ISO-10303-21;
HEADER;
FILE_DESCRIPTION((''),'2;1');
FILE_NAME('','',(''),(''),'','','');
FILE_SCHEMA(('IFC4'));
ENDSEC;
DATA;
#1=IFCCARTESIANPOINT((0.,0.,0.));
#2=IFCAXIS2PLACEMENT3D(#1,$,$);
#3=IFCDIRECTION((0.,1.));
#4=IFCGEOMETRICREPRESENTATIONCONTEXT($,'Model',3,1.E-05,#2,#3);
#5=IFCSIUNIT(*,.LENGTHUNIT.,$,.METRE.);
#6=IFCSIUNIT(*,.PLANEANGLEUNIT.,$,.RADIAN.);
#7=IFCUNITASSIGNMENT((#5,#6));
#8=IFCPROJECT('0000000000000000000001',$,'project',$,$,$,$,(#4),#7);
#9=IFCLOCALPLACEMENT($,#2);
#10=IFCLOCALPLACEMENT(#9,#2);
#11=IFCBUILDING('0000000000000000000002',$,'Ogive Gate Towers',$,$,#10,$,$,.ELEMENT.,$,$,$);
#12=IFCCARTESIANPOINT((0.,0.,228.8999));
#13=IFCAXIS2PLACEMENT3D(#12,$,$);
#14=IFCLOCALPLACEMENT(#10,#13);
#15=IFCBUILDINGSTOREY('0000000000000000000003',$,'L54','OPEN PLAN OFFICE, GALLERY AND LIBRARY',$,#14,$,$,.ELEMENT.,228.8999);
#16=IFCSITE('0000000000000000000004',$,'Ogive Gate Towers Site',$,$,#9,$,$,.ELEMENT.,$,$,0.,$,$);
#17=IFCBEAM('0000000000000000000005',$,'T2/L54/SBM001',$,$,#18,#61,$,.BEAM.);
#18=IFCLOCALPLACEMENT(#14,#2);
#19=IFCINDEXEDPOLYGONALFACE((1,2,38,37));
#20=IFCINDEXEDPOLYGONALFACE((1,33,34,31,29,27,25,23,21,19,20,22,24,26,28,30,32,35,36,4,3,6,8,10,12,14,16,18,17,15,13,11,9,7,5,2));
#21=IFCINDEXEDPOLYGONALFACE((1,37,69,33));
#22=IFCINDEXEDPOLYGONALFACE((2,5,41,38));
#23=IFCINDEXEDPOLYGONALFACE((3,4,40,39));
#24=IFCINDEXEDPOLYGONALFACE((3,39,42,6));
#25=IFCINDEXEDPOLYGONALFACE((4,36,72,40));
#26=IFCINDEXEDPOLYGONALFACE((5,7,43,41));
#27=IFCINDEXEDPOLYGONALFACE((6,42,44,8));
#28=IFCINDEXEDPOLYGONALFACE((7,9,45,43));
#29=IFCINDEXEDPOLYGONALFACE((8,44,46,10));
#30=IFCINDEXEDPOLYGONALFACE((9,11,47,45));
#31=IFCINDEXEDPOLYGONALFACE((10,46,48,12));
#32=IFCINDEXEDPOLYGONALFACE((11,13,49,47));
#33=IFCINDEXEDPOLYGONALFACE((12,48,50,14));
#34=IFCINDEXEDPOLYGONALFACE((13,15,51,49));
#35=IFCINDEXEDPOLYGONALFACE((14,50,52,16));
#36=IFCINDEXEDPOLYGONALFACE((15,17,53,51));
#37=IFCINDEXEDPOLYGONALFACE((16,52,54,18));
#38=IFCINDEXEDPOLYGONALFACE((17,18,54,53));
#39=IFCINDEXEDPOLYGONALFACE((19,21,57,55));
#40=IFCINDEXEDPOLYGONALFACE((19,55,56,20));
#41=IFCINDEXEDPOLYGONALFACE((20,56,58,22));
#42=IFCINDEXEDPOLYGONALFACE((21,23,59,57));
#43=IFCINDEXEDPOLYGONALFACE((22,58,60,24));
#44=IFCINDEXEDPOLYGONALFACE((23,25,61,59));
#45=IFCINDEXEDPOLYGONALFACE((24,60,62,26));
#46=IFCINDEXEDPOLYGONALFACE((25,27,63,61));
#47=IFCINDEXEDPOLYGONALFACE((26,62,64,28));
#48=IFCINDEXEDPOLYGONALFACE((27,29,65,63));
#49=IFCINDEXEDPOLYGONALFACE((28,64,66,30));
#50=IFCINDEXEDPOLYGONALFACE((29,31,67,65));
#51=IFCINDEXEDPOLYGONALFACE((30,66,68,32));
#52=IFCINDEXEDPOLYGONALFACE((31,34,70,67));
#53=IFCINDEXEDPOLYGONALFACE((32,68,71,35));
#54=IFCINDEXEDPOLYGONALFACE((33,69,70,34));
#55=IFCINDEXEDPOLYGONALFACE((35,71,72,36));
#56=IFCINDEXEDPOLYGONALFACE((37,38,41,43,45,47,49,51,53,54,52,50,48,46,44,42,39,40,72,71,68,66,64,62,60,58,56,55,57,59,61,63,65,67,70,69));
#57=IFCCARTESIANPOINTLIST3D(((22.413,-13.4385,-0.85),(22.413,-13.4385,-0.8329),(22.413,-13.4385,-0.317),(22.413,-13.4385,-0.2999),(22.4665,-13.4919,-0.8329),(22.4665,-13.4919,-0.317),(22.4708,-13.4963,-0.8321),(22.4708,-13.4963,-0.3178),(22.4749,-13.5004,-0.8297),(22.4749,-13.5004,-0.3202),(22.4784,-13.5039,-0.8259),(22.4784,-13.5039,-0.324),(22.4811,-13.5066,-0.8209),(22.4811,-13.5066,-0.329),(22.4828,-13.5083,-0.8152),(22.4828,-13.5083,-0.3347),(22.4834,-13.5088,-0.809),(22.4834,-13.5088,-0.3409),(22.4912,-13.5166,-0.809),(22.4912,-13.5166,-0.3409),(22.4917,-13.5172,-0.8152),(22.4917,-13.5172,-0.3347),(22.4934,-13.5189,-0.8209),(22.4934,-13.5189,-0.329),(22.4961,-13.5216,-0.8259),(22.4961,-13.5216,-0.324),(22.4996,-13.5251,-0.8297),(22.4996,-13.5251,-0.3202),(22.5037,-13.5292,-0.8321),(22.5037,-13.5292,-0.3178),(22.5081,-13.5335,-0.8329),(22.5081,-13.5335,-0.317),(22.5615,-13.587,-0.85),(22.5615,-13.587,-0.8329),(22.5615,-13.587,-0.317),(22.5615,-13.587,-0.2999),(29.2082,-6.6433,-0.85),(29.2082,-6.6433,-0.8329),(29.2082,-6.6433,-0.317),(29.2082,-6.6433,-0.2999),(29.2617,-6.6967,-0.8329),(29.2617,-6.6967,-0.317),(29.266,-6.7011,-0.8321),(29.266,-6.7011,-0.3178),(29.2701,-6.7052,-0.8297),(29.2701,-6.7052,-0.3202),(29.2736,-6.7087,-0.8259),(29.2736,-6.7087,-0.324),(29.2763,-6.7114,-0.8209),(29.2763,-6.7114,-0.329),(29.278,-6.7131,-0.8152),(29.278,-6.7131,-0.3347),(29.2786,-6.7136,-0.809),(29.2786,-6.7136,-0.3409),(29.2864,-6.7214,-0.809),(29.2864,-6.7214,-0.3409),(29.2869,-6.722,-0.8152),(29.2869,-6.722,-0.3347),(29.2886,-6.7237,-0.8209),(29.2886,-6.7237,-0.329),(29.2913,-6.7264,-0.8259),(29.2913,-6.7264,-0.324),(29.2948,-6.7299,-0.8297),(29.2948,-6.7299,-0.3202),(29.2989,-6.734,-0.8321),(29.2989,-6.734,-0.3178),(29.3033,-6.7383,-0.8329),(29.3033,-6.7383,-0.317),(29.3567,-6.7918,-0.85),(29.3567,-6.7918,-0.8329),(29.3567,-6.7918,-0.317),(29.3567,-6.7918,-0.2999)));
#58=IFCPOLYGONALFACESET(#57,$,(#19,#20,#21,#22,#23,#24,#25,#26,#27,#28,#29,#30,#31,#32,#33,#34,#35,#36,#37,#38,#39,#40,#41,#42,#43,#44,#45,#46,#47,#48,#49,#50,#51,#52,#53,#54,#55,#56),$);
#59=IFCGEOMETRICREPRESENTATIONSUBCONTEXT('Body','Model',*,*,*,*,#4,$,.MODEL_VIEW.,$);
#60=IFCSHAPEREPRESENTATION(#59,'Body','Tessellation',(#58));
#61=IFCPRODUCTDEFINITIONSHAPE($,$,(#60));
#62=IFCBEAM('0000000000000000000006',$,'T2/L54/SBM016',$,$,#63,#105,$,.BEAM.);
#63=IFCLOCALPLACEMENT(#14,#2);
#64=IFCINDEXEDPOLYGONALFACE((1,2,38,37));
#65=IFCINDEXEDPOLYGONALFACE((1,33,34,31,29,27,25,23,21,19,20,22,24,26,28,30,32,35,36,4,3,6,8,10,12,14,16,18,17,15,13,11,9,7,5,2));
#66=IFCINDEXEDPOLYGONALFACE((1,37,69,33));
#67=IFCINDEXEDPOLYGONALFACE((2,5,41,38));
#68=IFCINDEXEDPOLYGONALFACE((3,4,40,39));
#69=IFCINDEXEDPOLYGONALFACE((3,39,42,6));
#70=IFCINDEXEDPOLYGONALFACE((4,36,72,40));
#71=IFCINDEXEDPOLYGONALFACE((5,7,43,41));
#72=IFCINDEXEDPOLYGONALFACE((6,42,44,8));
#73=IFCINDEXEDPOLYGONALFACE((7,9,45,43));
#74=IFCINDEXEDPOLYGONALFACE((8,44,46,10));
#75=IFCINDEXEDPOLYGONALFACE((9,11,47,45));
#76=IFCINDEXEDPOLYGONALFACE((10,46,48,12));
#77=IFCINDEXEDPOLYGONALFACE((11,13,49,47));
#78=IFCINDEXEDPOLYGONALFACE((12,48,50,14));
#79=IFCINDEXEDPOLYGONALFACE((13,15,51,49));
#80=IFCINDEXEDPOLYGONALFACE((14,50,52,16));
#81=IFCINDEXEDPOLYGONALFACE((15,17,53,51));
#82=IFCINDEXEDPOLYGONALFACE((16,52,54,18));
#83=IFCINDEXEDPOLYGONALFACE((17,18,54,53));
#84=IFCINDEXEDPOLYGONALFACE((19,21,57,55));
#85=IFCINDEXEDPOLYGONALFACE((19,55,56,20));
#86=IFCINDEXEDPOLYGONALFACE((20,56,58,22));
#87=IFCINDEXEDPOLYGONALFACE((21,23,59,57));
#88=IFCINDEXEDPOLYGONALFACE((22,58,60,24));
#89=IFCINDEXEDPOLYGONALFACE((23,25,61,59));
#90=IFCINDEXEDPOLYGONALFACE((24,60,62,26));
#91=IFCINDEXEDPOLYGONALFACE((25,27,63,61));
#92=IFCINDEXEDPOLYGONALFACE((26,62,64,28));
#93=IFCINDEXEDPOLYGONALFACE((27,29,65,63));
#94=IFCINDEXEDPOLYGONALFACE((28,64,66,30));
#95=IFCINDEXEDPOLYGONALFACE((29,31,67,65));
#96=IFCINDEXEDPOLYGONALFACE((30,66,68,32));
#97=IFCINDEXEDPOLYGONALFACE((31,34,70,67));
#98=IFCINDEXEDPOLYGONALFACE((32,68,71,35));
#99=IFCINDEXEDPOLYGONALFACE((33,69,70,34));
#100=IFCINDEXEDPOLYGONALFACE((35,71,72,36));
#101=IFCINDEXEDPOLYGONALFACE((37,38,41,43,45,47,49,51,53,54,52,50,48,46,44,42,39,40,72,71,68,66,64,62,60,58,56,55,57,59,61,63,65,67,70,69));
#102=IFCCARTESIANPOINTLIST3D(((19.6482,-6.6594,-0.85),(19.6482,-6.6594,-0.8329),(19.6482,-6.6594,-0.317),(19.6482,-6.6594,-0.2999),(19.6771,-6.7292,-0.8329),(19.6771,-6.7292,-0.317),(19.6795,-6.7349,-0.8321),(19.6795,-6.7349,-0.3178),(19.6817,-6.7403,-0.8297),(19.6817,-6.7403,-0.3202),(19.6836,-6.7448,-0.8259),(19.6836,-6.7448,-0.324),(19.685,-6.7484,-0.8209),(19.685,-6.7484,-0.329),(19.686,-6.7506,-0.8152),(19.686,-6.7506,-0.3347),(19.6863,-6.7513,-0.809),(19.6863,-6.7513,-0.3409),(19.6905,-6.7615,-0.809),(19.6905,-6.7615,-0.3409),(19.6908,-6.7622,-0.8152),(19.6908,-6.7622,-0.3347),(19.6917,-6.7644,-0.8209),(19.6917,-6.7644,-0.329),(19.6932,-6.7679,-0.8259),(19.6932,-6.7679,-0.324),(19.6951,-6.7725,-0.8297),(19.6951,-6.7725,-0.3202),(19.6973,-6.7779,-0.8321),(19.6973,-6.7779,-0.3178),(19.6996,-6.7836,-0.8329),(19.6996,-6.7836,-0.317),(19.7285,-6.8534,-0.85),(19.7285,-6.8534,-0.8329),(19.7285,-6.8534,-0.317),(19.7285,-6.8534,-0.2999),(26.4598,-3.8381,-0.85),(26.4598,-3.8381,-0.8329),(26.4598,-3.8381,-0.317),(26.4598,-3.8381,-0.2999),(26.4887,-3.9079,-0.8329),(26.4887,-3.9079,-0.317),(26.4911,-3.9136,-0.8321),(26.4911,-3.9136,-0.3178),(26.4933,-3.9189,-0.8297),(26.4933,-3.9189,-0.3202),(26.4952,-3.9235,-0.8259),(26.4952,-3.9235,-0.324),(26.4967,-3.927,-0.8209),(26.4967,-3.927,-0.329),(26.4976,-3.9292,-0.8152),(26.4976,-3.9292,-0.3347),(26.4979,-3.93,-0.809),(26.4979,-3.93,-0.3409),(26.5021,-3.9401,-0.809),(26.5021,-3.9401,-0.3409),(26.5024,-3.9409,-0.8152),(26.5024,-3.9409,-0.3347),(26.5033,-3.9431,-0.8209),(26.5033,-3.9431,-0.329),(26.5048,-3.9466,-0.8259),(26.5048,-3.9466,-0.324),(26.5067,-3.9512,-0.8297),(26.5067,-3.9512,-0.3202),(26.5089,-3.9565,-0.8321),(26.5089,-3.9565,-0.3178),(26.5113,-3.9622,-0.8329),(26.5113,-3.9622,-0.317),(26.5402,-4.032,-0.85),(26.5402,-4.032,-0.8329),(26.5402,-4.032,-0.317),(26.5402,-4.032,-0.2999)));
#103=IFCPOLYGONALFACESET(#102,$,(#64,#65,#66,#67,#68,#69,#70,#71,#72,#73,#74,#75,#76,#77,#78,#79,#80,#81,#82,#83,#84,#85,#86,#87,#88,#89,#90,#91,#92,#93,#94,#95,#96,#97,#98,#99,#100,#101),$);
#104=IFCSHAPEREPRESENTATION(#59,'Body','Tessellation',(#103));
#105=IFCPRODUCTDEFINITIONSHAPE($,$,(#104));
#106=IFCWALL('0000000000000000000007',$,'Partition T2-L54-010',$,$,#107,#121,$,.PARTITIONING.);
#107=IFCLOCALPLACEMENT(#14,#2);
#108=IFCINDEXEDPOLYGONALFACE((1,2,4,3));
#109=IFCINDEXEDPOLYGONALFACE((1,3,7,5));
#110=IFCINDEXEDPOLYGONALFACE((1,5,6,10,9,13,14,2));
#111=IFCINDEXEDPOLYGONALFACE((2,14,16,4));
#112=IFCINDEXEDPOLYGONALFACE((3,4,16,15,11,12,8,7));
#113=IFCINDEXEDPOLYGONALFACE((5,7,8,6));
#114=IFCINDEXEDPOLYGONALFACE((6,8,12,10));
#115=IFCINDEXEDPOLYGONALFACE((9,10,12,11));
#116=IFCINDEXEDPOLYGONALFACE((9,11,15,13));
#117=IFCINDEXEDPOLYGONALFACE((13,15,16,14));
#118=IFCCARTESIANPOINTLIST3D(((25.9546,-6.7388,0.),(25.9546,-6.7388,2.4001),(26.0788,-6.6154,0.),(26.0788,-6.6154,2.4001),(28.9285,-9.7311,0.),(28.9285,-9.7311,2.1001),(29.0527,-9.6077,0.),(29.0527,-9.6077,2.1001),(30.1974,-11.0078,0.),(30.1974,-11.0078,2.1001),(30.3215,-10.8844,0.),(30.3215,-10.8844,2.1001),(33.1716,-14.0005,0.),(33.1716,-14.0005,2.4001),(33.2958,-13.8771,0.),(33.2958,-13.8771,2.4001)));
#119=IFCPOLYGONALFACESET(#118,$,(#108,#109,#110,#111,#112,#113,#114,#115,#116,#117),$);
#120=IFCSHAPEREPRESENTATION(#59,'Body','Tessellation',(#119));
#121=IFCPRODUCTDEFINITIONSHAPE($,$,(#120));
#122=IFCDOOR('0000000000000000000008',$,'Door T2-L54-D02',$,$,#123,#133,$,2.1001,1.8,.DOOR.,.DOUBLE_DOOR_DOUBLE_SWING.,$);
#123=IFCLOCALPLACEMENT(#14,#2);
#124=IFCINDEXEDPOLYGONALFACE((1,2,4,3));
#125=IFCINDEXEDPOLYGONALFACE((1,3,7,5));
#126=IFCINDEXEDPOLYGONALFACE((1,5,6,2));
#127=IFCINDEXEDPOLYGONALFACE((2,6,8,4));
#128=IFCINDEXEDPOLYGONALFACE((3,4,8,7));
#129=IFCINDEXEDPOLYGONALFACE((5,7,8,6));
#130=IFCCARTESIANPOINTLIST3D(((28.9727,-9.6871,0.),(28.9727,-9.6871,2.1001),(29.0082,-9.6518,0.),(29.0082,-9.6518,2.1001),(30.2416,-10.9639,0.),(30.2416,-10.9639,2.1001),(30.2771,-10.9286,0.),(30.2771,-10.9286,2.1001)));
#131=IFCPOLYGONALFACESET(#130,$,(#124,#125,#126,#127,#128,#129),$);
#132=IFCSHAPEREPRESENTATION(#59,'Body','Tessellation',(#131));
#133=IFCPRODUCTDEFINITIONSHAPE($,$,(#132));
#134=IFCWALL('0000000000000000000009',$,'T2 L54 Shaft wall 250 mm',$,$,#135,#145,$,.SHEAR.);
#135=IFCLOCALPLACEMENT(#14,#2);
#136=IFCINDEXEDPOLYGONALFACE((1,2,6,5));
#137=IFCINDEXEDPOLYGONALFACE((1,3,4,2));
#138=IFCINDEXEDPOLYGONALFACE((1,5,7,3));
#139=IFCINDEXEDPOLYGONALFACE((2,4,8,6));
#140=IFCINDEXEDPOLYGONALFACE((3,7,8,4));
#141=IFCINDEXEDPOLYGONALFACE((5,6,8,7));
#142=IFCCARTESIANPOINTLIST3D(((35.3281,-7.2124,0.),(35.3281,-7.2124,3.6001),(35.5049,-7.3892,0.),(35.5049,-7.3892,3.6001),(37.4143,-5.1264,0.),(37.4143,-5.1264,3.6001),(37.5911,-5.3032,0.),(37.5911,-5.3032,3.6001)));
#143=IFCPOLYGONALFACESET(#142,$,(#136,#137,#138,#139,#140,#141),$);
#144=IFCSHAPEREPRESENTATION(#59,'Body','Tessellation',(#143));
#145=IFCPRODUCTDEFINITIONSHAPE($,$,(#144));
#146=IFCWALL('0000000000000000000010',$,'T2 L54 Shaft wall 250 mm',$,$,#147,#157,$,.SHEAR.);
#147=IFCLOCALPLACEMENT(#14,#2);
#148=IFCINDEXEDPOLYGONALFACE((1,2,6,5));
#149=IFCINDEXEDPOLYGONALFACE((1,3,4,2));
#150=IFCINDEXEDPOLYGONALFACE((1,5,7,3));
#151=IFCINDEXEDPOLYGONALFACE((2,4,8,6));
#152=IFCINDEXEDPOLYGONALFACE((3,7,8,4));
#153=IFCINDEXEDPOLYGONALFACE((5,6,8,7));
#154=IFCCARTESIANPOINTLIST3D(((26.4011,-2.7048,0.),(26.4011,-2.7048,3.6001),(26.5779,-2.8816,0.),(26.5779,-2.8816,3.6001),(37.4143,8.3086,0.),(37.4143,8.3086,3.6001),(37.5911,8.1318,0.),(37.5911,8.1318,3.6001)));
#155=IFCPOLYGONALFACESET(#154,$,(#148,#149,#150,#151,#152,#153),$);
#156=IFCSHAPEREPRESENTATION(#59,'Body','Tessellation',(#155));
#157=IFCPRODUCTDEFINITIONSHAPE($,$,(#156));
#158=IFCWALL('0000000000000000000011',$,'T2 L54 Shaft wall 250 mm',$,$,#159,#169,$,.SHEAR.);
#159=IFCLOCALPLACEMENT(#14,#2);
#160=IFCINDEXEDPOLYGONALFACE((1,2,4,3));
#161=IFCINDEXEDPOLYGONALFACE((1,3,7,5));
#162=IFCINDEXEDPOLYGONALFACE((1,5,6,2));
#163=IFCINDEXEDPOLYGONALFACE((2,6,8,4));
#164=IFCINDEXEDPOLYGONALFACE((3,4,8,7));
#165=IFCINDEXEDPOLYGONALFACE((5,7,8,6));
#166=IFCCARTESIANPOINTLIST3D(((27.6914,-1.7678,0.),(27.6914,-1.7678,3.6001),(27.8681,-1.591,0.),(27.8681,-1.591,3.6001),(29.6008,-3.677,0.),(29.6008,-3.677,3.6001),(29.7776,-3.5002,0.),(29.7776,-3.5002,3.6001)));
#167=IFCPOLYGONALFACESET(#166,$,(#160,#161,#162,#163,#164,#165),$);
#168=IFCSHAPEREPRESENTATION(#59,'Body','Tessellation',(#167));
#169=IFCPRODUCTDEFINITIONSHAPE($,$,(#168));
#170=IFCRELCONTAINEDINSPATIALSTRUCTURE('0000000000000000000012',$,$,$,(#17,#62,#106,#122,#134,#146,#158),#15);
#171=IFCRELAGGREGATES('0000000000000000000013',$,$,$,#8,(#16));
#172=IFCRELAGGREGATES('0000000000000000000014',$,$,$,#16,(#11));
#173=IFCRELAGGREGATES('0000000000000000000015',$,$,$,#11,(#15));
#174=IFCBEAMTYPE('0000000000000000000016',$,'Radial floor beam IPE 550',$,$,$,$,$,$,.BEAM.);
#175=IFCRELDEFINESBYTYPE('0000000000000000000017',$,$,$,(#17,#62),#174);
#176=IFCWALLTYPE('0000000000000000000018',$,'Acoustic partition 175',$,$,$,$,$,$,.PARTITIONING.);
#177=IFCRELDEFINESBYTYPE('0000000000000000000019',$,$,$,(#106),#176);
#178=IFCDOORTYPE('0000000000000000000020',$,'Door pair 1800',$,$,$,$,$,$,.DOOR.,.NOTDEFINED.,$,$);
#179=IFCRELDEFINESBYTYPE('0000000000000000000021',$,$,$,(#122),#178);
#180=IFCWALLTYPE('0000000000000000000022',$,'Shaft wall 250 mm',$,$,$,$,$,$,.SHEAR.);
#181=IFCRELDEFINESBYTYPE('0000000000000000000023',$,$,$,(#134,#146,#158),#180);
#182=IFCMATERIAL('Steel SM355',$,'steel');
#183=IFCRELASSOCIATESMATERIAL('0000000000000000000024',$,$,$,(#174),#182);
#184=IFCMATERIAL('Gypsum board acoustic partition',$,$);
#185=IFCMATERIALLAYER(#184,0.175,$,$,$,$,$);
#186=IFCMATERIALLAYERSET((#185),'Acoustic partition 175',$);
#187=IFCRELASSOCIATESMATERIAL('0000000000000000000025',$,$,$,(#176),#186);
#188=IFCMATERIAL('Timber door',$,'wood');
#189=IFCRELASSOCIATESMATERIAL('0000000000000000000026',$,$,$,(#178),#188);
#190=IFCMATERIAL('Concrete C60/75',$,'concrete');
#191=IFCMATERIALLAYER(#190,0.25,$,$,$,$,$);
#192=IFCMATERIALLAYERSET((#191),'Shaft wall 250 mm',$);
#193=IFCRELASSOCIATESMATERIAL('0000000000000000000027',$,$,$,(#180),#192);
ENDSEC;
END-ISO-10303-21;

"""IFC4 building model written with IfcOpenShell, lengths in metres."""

from ifc_helpers import new_model, si_unit, direction, frame, frame_2d, origin, origin_2d, place, context, subcontext, project, spatial, rectangle, i_section, extrude, material, layer, layer_set, material_profile, profile_set, type_object, element, fill, save


model = new_model("IFC4")

# Units and contexts
model_context = context("Model", 3, precision=1e-05, world=origin(), true_north=direction((0.0, 1.0)))
body_context = subcontext(model_context, "Body", "Model", "MODEL_VIEW")
ifc_project = project(units=[si_unit("LENGTHUNIT", "METRE"), si_unit("PLANEANGLEUNIT", "RADIAN")], contexts=[model_context])

# Site, building, storey
site_placement = place(None, origin())
site = spatial("IfcSite", under=ifc_project, at=site_placement, Name="Ogive Gate Towers Site", CompositionType="ELEMENT", RefElevation=0.0)
building_placement = place(site_placement, origin())
building = spatial("IfcBuilding", under=site, at=building_placement, Name="Ogive Gate Towers", CompositionType="ELEMENT")
storey_placement = place(building_placement, frame((0.0, 0.0, 228.8999)))
storey = spatial("IfcBuildingStorey", under=building, at=storey_placement, Name="L54", Description="OPEN PLAN OFFICE, GALLERY AND LIBRARY", CompositionType="ELEMENT", Elevation=228.8999)

# Beams
ifc_material_1 = material(Name="Steel SM355", Category="steel")
ifc_material_profile = material_profile(ifc_material_1, i_section(OverallWidth=0.21, OverallDepth=0.55, WebThickness=0.011, FlangeThickness=0.0171, FilletRadius=0.0239, at=origin_2d()), Name="IPE 550")
ifc_profile_set = profile_set([ifc_material_profile], Name="Steel SM355")
beam_type = type_object("IfcBeamType", Name="Radial floor beam IPE 550", PredefinedType="BEAM", material=ifc_profile_set)
beam_1_placement = place(storey_placement, frame((29.2825, -6.7175, -0.575), z_axis=(-0.707107, -0.707107, 0.0), x_axis=(0.707107, -0.707107, 0.0)))
element("IfcBeam", 1, at=beam_1_placement, inside=storey, type_object=beam_type, Name="T2/L54/SBM001", PredefinedType="BEAM", context=body_context, shape_type="SweptSolid", body=[
    extrude(i_section(OverallWidth=0.21, OverallDepth=0.55, WebThickness=0.011, FlangeThickness=0.0171, FilletRadius=0.0239, at=origin_2d()), origin(), (0.0, 0.0, 1.0), 9.6099),
])
beam_2_placement = place(storey_placement, frame((26.5, -3.9351, -0.575), z_axis=(-0.923886, -0.382668, 0.0), x_axis=(0.382668, -0.923886, 0.0)))
element("IfcBeam", 2, at=beam_2_placement, inside=storey, type_object=beam_type, Name="T2/L54/SBM016", PredefinedType="BEAM", context=body_context, shape_type="SweptSolid", body=[
    extrude(i_section(OverallWidth=0.21, OverallDepth=0.55, WebThickness=0.011, FlangeThickness=0.0171, FilletRadius=0.0239, at=origin_2d()), origin(), (0.0, 0.0, 1.0), 7.3728),
])

# Wall, opening, door
ifc_material_2 = material(Name="Gypsum board acoustic partition")
ifc_layer_1 = layer(ifc_material_2, 0.175)
ifc_layer_set_1 = layer_set([ifc_layer_1], Name="Acoustic partition 175")
wall_type_1 = type_object("IfcWallType", Name="Acoustic partition 175", PredefinedType="PARTITIONING", material=ifc_layer_set_1)
wall_1_placement = place(storey_placement, frame((26.0166, -6.677, 0.0), z_axis=(0.0, 0.0, 1.0), x_axis=(0.704921, -0.709285, 0.0)))
wall_1 = element("IfcWall", 3, at=wall_1_placement, inside=storey, type_object=wall_type_1, Name="Partition T2-L54-010", PredefinedType="PARTITIONING", context=body_context, shape_type="SweptSolid", body=[
    extrude(rectangle(XDim=10.238, YDim=0.175, at=frame_2d((5.1191, 0.0))), origin(), (0.0, 0.0, 1.0), 2.4001),
])
opening_1_placement = place(wall_1_placement, frame((4.219, 0.0, 0.0)))
opening_1 = element("IfcOpeningElement", 4, at=opening_1_placement, cuts=wall_1, PredefinedType="OPENING", context=body_context, shape_type="SweptSolid", body=[
    extrude(rectangle(XDim=1.8, YDim=2.1001, at=frame_2d((0.8999, 1.05))), frame((0.0, 0.0977, 0.0), z_axis=(0.0, -1.0, 0.0), x_axis=(1.0, 0.0, 0.0)), (0.0, 0.0, 1.0), 0.1951),
])
ifc_material_3 = material(Name="Timber door", Category="wood")
door_type_1 = type_object("IfcDoorType", Name="Door pair 1800", OperationType="NOTDEFINED", PredefinedType="DOOR", material=ifc_material_3)
door_1_placement = place(opening_1_placement, origin())
door_1 = element("IfcDoor", 5, at=door_1_placement, inside=storey, type_object=door_type_1, Name="Door T2-L54-D02", OperationType="DOUBLE_DOOR_DOUBLE_SWING", OverallHeight=2.1001, OverallWidth=1.8, PredefinedType="DOOR", context=body_context, shape_type="SweptSolid", body=[
    extrude(rectangle(XDim=1.8, YDim=2.1001, at=frame_2d((0.8999, 1.05))), frame((0.0, 0.0249, 0.0), z_axis=(0.0, -1.0, 0.0), x_axis=(1.0, 0.0, 0.0)), (0.0, 0.0, 1.0), 0.05),
])
fill(opening_1, door_1)

# Walls
ifc_material_4 = material(Name="Concrete C60/75", Category="concrete")
ifc_layer_2 = layer(ifc_material_4, 0.25)
ifc_layer_set_2 = layer_set([ifc_layer_2], Name="Shaft wall 250 mm")
wall_type_2 = type_object("IfcWallType", Name="Shaft wall 250 mm", PredefinedType="SHEAR", material=ifc_layer_set_2)
wall_2_placement = place(storey_placement, frame((35.4165, -7.3008, 0.0), z_axis=(0.0, 0.0, 1.0), x_axis=(0.707148, 0.707065, 0.0)))
element("IfcWall", 6, at=wall_2_placement, inside=storey, type_object=wall_type_2, Name="T2 L54 Shaft wall 250 mm", PredefinedType="SHEAR", context=body_context, shape_type="SweptSolid", body=[
    extrude(rectangle(XDim=2.9502, YDim=0.25, at=frame_2d((1.4751, 0.0))), origin(), (0.0, 0.0, 1.0), 3.6001),
])
wall_3_placement = place(storey_placement, frame((26.4895, -2.7932, 0.0), z_axis=(0.0, 0.0, 1.0), x_axis=(0.707099, 0.707115, 0.0)))
element("IfcWall", 7, at=wall_3_placement, inside=storey, type_object=wall_type_2, Name="T2 L54 Shaft wall 250 mm", PredefinedType="SHEAR", context=body_context, shape_type="SweptSolid", body=[
    extrude(rectangle(XDim=15.5752, YDim=0.25, at=frame_2d((7.7876, 0.0))), origin(), (0.0, 0.0, 1.0), 3.6001),
])
wall_4_placement = place(storey_placement, frame((29.6892, -3.5886, 0.0), z_axis=(0.0, 0.0, 1.0), x_axis=(-0.707152, 0.707062, 0.0)))
element("IfcWall", 8, at=wall_4_placement, inside=storey, type_object=wall_type_2, Name="T2 L54 Shaft wall 250 mm", PredefinedType="SHEAR", context=body_context, shape_type="SweptSolid", body=[
    extrude(rectangle(XDim=2.7002, YDim=0.25, at=frame_2d((1.3501, 0.0))), origin(), (0.0, 0.0, 1.0), 3.6001),
])

save(model, "model.ifc")
